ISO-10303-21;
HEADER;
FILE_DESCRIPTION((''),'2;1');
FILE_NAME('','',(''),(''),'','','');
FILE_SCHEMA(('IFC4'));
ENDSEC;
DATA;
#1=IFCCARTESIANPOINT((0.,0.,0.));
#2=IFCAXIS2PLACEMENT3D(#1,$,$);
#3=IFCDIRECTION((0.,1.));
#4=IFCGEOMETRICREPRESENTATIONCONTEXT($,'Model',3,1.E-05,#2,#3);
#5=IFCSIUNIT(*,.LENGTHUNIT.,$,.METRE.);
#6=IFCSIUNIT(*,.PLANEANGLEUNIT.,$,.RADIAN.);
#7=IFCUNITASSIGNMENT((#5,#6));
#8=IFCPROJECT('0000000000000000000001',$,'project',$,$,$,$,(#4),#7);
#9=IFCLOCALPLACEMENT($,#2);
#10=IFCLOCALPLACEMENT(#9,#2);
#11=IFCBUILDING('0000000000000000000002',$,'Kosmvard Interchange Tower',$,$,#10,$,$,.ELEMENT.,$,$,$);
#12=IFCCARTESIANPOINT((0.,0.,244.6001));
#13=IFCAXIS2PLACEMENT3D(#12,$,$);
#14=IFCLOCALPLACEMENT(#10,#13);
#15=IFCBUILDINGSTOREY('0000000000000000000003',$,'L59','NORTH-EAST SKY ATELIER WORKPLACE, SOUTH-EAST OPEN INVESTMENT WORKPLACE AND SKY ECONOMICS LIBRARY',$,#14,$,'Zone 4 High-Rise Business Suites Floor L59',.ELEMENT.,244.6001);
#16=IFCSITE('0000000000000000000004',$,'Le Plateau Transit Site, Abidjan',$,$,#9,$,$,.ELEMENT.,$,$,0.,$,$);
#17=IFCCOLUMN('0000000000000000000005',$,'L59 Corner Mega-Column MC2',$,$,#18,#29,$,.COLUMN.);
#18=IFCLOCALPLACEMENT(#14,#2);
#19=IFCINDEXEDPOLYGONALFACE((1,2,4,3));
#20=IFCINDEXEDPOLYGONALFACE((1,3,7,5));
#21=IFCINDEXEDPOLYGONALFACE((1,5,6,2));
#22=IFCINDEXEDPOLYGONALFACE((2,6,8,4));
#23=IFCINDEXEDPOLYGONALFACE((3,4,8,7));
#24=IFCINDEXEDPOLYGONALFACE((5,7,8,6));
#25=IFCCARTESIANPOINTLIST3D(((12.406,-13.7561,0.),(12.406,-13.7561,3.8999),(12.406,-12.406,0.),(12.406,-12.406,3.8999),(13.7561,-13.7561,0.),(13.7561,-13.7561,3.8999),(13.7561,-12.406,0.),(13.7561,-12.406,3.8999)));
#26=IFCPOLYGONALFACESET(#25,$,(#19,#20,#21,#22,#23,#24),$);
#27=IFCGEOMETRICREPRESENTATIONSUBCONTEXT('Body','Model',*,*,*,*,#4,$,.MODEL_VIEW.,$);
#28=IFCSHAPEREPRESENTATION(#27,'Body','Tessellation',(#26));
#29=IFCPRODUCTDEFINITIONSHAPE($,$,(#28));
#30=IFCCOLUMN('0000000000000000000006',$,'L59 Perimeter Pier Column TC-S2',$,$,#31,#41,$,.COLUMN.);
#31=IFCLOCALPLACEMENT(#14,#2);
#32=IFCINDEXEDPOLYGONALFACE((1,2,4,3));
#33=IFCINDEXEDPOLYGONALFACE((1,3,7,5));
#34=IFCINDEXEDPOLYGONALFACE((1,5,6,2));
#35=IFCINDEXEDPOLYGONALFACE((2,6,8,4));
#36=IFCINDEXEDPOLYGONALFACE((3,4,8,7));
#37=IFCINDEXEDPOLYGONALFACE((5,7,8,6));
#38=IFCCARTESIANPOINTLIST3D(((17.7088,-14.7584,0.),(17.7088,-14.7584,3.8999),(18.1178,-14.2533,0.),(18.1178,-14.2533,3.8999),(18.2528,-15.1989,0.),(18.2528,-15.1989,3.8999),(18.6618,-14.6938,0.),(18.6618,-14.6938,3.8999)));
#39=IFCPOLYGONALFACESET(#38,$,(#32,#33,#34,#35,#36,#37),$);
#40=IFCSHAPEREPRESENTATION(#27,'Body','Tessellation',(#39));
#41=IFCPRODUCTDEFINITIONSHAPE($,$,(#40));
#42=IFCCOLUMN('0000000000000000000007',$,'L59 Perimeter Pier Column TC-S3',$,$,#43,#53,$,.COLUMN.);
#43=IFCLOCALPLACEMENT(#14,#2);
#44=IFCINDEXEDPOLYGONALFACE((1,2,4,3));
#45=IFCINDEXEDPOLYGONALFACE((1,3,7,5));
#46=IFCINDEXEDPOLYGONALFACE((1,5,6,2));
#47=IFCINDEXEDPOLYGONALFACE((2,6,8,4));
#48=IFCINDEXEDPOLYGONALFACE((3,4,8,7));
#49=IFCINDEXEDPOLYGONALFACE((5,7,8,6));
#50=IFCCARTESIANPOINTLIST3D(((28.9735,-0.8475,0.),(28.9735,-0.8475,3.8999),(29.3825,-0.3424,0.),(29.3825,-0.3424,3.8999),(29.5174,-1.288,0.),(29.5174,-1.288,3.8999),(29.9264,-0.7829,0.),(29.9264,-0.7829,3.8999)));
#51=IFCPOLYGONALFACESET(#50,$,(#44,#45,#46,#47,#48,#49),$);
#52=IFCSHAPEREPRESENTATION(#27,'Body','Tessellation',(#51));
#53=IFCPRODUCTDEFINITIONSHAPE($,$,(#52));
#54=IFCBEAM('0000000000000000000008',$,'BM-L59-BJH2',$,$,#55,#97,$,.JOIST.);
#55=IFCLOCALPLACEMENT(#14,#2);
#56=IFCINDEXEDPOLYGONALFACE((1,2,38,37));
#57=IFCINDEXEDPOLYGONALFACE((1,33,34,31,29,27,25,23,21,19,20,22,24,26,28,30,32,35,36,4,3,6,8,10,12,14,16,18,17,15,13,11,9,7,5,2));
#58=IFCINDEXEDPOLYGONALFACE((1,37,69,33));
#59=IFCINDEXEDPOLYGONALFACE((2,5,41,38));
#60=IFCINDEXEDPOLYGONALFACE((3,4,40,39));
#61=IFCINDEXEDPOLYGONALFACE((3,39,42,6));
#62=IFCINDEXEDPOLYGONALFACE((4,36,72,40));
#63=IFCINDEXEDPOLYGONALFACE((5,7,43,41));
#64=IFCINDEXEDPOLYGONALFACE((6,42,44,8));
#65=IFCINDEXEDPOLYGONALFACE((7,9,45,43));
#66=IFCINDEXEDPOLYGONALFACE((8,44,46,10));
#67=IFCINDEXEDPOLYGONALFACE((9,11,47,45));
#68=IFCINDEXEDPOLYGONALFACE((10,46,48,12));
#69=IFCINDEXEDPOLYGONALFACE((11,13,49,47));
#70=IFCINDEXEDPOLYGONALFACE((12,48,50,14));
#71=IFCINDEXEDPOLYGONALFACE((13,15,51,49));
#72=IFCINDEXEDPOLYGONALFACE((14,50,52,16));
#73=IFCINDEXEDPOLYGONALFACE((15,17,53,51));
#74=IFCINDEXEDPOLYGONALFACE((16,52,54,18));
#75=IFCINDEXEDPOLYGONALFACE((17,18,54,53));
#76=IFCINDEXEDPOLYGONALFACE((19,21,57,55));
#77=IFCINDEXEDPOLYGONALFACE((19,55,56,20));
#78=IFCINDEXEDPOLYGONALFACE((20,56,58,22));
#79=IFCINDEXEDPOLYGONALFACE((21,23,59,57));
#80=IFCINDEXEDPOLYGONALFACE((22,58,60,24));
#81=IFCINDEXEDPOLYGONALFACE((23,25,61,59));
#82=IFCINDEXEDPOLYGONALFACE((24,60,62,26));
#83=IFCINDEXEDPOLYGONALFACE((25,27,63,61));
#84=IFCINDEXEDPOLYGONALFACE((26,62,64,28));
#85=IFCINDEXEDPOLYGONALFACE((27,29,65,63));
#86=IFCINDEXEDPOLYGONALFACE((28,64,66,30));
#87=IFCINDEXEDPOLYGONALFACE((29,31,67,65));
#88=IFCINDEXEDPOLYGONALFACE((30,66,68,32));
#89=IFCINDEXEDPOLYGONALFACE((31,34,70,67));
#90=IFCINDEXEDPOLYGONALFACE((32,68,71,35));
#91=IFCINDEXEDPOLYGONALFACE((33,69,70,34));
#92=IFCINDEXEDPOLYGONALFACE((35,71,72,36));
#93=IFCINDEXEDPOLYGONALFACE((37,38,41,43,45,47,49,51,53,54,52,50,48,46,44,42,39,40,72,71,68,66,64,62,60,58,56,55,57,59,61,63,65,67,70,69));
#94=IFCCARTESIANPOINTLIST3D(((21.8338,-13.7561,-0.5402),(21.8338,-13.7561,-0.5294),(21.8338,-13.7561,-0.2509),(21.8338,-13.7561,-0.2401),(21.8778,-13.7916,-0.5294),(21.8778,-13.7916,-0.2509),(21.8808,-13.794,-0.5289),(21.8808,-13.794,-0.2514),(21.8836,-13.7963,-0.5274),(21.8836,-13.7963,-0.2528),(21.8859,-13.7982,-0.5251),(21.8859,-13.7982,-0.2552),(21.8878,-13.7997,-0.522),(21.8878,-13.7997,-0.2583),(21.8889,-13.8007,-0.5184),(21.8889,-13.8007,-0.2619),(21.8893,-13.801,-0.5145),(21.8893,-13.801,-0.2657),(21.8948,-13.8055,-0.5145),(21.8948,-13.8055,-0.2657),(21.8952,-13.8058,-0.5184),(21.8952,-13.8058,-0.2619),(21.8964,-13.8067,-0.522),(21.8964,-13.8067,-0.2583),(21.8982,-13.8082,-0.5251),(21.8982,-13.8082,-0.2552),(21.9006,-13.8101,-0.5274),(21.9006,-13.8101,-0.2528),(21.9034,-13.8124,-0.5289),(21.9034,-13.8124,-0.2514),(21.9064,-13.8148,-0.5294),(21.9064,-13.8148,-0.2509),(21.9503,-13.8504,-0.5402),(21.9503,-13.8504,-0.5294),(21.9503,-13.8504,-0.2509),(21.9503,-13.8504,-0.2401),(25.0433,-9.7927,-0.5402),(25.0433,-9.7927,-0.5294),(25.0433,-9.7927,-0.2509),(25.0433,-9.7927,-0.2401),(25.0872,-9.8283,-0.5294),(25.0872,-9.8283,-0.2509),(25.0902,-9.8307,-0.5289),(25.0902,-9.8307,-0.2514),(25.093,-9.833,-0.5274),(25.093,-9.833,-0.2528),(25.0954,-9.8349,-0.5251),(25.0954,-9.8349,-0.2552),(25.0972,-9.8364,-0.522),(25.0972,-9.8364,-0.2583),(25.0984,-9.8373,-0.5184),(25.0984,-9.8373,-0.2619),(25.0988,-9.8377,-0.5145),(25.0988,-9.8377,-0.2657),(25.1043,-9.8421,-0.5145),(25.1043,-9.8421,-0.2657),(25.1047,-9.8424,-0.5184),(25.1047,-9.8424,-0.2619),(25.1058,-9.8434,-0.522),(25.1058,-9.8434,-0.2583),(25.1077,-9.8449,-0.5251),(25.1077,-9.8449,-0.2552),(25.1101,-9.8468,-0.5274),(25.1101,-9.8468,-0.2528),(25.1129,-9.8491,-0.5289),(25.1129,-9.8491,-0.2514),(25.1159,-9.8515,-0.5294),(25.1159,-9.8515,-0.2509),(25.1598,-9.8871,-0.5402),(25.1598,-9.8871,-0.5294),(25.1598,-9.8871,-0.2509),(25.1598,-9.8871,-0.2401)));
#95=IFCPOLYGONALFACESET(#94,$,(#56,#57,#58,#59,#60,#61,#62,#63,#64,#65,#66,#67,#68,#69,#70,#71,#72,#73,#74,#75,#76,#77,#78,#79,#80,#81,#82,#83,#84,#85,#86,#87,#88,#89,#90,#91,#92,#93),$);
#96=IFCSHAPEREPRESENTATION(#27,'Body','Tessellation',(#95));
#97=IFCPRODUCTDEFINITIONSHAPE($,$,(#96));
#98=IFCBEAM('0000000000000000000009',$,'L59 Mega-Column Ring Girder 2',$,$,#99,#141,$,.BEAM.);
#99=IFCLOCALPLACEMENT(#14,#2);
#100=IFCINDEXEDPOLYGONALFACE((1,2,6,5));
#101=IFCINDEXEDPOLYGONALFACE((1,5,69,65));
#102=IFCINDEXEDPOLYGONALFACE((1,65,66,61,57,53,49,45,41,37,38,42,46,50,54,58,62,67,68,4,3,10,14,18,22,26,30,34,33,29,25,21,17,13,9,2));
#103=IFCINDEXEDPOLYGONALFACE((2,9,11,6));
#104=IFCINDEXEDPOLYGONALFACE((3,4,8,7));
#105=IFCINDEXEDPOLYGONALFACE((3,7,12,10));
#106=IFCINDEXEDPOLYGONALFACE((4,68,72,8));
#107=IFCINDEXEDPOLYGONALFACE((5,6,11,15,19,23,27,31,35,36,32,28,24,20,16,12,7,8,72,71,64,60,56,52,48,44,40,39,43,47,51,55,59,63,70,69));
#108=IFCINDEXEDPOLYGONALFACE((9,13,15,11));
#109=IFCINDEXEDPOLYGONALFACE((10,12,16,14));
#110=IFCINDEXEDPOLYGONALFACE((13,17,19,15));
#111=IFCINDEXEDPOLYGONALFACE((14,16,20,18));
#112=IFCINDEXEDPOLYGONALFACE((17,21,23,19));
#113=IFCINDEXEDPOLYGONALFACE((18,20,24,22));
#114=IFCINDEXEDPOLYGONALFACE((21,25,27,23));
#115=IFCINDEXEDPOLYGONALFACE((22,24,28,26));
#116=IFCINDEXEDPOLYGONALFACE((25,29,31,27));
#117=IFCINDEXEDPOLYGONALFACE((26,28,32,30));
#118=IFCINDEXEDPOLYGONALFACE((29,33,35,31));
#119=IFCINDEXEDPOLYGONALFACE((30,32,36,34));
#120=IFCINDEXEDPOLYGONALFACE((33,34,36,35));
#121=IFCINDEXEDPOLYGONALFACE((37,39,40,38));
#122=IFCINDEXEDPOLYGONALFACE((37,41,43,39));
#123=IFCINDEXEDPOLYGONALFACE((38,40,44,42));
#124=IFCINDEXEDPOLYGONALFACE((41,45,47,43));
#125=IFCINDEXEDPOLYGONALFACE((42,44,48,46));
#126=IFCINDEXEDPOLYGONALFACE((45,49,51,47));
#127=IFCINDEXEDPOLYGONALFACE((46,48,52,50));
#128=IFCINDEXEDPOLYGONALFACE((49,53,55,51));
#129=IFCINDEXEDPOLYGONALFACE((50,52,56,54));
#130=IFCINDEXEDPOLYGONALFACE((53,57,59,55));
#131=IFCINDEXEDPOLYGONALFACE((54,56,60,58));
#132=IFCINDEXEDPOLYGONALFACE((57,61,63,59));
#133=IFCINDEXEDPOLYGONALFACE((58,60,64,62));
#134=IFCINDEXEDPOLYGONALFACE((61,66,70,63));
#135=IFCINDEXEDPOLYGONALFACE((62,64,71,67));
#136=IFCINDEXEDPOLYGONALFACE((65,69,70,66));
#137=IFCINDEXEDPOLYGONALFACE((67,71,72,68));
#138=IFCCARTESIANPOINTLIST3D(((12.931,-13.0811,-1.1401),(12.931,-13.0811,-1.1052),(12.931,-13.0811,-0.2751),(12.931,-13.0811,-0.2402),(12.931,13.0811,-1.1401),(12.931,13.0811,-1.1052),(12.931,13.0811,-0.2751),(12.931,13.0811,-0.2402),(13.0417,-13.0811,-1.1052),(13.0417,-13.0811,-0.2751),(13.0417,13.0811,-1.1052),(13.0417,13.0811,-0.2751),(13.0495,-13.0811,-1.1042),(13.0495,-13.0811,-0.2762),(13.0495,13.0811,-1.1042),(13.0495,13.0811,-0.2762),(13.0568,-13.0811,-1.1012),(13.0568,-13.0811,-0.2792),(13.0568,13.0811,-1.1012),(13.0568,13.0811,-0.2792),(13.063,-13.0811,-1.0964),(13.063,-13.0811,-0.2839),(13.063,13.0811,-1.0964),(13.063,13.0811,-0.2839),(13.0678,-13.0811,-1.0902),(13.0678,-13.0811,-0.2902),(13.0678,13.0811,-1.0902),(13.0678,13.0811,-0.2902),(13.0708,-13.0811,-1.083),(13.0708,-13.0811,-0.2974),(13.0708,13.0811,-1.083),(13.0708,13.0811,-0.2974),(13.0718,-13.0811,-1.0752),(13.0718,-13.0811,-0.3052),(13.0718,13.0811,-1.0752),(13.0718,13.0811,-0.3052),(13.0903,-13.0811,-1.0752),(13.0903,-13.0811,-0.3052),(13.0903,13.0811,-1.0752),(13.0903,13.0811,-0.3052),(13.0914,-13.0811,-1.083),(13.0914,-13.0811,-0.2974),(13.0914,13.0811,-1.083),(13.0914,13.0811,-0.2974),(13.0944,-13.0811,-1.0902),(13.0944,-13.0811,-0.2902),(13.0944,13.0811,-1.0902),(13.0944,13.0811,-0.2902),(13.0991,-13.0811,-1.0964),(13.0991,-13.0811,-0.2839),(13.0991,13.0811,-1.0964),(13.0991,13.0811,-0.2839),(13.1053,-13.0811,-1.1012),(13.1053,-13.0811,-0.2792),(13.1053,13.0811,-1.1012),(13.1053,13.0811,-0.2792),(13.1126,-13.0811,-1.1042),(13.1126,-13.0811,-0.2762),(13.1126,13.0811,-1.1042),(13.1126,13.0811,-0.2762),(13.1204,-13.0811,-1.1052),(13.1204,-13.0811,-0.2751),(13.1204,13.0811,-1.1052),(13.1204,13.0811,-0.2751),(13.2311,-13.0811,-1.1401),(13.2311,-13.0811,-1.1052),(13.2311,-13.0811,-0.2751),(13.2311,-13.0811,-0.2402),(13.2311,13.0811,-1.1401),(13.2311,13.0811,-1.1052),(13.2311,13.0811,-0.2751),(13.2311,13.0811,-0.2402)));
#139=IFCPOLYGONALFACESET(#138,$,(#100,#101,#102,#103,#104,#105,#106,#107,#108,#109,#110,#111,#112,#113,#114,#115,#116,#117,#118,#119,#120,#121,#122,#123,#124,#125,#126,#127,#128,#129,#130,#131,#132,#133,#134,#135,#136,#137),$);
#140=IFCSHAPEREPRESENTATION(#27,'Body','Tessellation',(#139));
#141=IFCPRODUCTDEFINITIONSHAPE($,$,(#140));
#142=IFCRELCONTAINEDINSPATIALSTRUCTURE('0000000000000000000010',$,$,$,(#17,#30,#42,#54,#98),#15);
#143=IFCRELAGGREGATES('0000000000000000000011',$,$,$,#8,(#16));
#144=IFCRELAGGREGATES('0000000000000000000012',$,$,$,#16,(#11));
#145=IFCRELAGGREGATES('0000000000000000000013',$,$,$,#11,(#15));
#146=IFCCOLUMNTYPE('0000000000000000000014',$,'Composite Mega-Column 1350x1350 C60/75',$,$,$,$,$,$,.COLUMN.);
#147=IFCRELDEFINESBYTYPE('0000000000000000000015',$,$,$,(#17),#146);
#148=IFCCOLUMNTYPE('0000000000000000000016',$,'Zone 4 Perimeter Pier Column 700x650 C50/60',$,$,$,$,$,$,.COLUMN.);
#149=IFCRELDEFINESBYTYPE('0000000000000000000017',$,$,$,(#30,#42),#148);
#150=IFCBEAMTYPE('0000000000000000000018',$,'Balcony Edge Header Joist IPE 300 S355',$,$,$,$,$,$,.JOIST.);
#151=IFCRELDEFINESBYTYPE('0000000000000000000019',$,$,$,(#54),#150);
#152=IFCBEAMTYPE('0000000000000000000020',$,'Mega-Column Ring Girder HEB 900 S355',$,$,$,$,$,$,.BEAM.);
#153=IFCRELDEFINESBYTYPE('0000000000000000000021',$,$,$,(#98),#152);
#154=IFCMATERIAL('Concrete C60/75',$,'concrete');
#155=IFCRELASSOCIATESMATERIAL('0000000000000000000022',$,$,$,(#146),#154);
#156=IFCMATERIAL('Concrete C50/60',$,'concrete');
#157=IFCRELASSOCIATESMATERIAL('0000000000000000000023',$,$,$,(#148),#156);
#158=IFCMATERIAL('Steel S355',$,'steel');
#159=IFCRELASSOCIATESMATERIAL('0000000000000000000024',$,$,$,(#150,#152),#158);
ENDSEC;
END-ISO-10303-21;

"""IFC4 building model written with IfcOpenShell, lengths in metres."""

from ifc_helpers import new_model, si_unit, direction, frame, origin, origin_2d, place, context, subcontext, project, spatial, rectangle, i_section, extrude, source, transform, mapped, material, material_profile, profile_set, type_object, element, save


model = new_model("IFC4")

# Units and contexts
model_context = context("Model", 3, precision=1e-05, world=origin(), true_north=direction((0.0, 1.0)))
body_context = subcontext(model_context, "Body", "Model", "MODEL_VIEW")
ifc_project = project(units=[si_unit("LENGTHUNIT", "METRE"), si_unit("PLANEANGLEUNIT", "RADIAN")], contexts=[model_context])

# Site, building, storey
site_placement = place(None, origin())
site = spatial("IfcSite", under=ifc_project, at=site_placement, Name="Le Plateau Transit Site, Abidjan", CompositionType="ELEMENT", RefElevation=0.0)
building_placement = place(site_placement, origin())
building = spatial("IfcBuilding", under=site, at=building_placement, Name="Kosmvard Interchange Tower", CompositionType="ELEMENT")
storey_placement = place(building_placement, frame((0.0, 0.0, 244.6001)))
storey = spatial("IfcBuildingStorey", under=building, at=storey_placement, Name="L59", Description="NORTH-EAST SKY ATELIER WORKPLACE, SOUTH-EAST OPEN INVESTMENT WORKPLACE AND SKY ECONOMICS LIBRARY", LongName="Zone 4 High-Rise Business Suites Floor L59", CompositionType="ELEMENT", Elevation=244.6001)

# Columns
ifc_material_1 = material(Name="Concrete C60/75", Category="concrete")
ifc_material_profile_1 = material_profile(ifc_material_1, rectangle(XDim=1.3501, YDim=1.3501, at=origin_2d()), Name="MC 1350x1350")
ifc_profile_set_1 = profile_set([ifc_material_profile_1], Name="Concrete C60/75")
column_type_1 = type_object("IfcColumnType", Name="Composite Mega-Column 1350x1350 C60/75", PredefinedType="COLUMN", material=ifc_profile_set_1)
shared_shape_1 = source(origin(), body_context, "Body", "SweptSolid", [
    extrude(rectangle(XDim=1.3501, YDim=1.3501, at=origin_2d()), origin(), (0.0, 0.0, 1.0), 3.8999),
])
column_placement = place(storey_placement, frame((13.0811, -13.0811, 0.0), z_axis=(0.0, 0.0, 1.0), x_axis=(1.0, 0.0, 0.0)))
element("IfcColumn", 1, at=column_placement, inside=storey, type_object=column_type_1, Name="L59 Corner Mega-Column MC2", PredefinedType="COLUMN", context=body_context, shape_type="MappedRepresentation", body=[
    mapped(shared_shape_1, transform((0.0, 0.0, 0.0), scale=1.0)),
])
ifc_material_2 = material(Name="Concrete C50/60", Category="concrete")
ifc_material_profile_2 = material_profile(ifc_material_2, rectangle(XDim=0.6499, YDim=0.7, at=origin_2d()), Name="TC 700x650")
ifc_profile_set_2 = profile_set([ifc_material_profile_2], Name="Concrete C50/60")
column_type_2 = type_object("IfcColumnType", Name="Zone 4 Perimeter Pier Column 700x650 C50/60", PredefinedType="COLUMN", material=ifc_profile_set_2)
shared_shape_2 = source(origin(), body_context, "Body", "SweptSolid", [
    extrude(rectangle(XDim=0.6499, YDim=0.7, at=origin_2d()), origin(), (0.0, 0.0, 1.0), 3.8999),
])
for number, where, z_axis, x_axis, name in (
    (2, (18.1853, -14.7261, 0.0), (0.0, 0.0, 1.0), (0.62932, 0.777146, 0.0), "L59 Perimeter Pier Column TC-S2"),
    (3, (29.45, -0.8152, 0.0), (0.0, 0.0, 1.0), (0.62932, 0.777146, 0.0), "L59 Perimeter Pier Column TC-S3"),
):
    element("IfcColumn", number, at=place(storey_placement, frame(where, z_axis=z_axis, x_axis=x_axis)), inside=storey, type_object=column_type_2, Name=name, PredefinedType="COLUMN", context=body_context, shape_type="MappedRepresentation", body=[
        mapped(shared_shape_2, transform((0.0, 0.0, 0.0), scale=1.0)),
    ])

# Beams
ifc_material_3 = material(Name="Steel S355", Category="steel")
ifc_material_profile_3 = material_profile(ifc_material_3, i_section(OverallWidth=0.1499, OverallDepth=0.3, WebThickness=0.0071, FlangeThickness=0.0107, FilletRadius=0.0149, at=origin_2d()), Name="IPE 300")
ifc_profile_set_3 = profile_set([ifc_material_profile_3], Name="Steel S355")
beam_type_1 = type_object("IfcBeamType", Name="Balcony Edge Header Joist IPE 300 S355", PredefinedType="JOIST", material=ifc_profile_set_3)
shared_shape_3 = source(origin(), body_context, "Body", "SweptSolid", [
    extrude(i_section(OverallWidth=0.1499, OverallDepth=0.3, WebThickness=0.0071, FlangeThickness=0.0107, FilletRadius=0.0149, at=origin_2d()), origin(), (0.0, 0.0, 1.0), 5.0999),
])
beam_1_placement = place(storey_placement, frame((21.8921, -13.8032, -0.3901), z_axis=(0.629319, 0.777147, 0.0), x_axis=(-0.777147, 0.629319, 0.0)))
element("IfcBeam", 4, at=beam_1_placement, inside=storey, type_object=beam_type_1, Name="BM-L59-BJH2", PredefinedType="JOIST", context=body_context, shape_type="MappedRepresentation", body=[
    mapped(shared_shape_3, transform((0.0, 0.0, 0.0), scale=1.0)),
])
ifc_material_profile_4 = material_profile(ifc_material_3, i_section(OverallWidth=0.3, OverallDepth=0.8999, WebThickness=0.0186, FlangeThickness=0.0349, FilletRadius=0.03, at=origin_2d()), Name="HEB 900")
ifc_profile_set_4 = profile_set([ifc_material_profile_4], Name="Steel S355")
beam_type_2 = type_object("IfcBeamType", Name="Mega-Column Ring Girder HEB 900 S355", PredefinedType="BEAM", material=ifc_profile_set_4)
shared_shape_4 = source(origin(), body_context, "Body", "SweptSolid", [
    extrude(i_section(OverallWidth=0.3, OverallDepth=0.8999, WebThickness=0.0186, FlangeThickness=0.0349, FilletRadius=0.03, at=origin_2d()), origin(), (0.0, 0.0, 1.0), 26.1621),
])
beam_2_placement = place(storey_placement, frame((13.0811, -13.0811, -0.6902), z_axis=(0.0, 1.0, 0.0), x_axis=(-1.0, 0.0, 0.0)))
element("IfcBeam", 5, at=beam_2_placement, inside=storey, type_object=beam_type_2, Name="L59 Mega-Column Ring Girder 2", PredefinedType="BEAM", context=body_context, shape_type="MappedRepresentation", body=[
    mapped(shared_shape_4, transform((0.0, 0.0, 0.0), scale=1.0)),
])

save(model, "model.ifc")
